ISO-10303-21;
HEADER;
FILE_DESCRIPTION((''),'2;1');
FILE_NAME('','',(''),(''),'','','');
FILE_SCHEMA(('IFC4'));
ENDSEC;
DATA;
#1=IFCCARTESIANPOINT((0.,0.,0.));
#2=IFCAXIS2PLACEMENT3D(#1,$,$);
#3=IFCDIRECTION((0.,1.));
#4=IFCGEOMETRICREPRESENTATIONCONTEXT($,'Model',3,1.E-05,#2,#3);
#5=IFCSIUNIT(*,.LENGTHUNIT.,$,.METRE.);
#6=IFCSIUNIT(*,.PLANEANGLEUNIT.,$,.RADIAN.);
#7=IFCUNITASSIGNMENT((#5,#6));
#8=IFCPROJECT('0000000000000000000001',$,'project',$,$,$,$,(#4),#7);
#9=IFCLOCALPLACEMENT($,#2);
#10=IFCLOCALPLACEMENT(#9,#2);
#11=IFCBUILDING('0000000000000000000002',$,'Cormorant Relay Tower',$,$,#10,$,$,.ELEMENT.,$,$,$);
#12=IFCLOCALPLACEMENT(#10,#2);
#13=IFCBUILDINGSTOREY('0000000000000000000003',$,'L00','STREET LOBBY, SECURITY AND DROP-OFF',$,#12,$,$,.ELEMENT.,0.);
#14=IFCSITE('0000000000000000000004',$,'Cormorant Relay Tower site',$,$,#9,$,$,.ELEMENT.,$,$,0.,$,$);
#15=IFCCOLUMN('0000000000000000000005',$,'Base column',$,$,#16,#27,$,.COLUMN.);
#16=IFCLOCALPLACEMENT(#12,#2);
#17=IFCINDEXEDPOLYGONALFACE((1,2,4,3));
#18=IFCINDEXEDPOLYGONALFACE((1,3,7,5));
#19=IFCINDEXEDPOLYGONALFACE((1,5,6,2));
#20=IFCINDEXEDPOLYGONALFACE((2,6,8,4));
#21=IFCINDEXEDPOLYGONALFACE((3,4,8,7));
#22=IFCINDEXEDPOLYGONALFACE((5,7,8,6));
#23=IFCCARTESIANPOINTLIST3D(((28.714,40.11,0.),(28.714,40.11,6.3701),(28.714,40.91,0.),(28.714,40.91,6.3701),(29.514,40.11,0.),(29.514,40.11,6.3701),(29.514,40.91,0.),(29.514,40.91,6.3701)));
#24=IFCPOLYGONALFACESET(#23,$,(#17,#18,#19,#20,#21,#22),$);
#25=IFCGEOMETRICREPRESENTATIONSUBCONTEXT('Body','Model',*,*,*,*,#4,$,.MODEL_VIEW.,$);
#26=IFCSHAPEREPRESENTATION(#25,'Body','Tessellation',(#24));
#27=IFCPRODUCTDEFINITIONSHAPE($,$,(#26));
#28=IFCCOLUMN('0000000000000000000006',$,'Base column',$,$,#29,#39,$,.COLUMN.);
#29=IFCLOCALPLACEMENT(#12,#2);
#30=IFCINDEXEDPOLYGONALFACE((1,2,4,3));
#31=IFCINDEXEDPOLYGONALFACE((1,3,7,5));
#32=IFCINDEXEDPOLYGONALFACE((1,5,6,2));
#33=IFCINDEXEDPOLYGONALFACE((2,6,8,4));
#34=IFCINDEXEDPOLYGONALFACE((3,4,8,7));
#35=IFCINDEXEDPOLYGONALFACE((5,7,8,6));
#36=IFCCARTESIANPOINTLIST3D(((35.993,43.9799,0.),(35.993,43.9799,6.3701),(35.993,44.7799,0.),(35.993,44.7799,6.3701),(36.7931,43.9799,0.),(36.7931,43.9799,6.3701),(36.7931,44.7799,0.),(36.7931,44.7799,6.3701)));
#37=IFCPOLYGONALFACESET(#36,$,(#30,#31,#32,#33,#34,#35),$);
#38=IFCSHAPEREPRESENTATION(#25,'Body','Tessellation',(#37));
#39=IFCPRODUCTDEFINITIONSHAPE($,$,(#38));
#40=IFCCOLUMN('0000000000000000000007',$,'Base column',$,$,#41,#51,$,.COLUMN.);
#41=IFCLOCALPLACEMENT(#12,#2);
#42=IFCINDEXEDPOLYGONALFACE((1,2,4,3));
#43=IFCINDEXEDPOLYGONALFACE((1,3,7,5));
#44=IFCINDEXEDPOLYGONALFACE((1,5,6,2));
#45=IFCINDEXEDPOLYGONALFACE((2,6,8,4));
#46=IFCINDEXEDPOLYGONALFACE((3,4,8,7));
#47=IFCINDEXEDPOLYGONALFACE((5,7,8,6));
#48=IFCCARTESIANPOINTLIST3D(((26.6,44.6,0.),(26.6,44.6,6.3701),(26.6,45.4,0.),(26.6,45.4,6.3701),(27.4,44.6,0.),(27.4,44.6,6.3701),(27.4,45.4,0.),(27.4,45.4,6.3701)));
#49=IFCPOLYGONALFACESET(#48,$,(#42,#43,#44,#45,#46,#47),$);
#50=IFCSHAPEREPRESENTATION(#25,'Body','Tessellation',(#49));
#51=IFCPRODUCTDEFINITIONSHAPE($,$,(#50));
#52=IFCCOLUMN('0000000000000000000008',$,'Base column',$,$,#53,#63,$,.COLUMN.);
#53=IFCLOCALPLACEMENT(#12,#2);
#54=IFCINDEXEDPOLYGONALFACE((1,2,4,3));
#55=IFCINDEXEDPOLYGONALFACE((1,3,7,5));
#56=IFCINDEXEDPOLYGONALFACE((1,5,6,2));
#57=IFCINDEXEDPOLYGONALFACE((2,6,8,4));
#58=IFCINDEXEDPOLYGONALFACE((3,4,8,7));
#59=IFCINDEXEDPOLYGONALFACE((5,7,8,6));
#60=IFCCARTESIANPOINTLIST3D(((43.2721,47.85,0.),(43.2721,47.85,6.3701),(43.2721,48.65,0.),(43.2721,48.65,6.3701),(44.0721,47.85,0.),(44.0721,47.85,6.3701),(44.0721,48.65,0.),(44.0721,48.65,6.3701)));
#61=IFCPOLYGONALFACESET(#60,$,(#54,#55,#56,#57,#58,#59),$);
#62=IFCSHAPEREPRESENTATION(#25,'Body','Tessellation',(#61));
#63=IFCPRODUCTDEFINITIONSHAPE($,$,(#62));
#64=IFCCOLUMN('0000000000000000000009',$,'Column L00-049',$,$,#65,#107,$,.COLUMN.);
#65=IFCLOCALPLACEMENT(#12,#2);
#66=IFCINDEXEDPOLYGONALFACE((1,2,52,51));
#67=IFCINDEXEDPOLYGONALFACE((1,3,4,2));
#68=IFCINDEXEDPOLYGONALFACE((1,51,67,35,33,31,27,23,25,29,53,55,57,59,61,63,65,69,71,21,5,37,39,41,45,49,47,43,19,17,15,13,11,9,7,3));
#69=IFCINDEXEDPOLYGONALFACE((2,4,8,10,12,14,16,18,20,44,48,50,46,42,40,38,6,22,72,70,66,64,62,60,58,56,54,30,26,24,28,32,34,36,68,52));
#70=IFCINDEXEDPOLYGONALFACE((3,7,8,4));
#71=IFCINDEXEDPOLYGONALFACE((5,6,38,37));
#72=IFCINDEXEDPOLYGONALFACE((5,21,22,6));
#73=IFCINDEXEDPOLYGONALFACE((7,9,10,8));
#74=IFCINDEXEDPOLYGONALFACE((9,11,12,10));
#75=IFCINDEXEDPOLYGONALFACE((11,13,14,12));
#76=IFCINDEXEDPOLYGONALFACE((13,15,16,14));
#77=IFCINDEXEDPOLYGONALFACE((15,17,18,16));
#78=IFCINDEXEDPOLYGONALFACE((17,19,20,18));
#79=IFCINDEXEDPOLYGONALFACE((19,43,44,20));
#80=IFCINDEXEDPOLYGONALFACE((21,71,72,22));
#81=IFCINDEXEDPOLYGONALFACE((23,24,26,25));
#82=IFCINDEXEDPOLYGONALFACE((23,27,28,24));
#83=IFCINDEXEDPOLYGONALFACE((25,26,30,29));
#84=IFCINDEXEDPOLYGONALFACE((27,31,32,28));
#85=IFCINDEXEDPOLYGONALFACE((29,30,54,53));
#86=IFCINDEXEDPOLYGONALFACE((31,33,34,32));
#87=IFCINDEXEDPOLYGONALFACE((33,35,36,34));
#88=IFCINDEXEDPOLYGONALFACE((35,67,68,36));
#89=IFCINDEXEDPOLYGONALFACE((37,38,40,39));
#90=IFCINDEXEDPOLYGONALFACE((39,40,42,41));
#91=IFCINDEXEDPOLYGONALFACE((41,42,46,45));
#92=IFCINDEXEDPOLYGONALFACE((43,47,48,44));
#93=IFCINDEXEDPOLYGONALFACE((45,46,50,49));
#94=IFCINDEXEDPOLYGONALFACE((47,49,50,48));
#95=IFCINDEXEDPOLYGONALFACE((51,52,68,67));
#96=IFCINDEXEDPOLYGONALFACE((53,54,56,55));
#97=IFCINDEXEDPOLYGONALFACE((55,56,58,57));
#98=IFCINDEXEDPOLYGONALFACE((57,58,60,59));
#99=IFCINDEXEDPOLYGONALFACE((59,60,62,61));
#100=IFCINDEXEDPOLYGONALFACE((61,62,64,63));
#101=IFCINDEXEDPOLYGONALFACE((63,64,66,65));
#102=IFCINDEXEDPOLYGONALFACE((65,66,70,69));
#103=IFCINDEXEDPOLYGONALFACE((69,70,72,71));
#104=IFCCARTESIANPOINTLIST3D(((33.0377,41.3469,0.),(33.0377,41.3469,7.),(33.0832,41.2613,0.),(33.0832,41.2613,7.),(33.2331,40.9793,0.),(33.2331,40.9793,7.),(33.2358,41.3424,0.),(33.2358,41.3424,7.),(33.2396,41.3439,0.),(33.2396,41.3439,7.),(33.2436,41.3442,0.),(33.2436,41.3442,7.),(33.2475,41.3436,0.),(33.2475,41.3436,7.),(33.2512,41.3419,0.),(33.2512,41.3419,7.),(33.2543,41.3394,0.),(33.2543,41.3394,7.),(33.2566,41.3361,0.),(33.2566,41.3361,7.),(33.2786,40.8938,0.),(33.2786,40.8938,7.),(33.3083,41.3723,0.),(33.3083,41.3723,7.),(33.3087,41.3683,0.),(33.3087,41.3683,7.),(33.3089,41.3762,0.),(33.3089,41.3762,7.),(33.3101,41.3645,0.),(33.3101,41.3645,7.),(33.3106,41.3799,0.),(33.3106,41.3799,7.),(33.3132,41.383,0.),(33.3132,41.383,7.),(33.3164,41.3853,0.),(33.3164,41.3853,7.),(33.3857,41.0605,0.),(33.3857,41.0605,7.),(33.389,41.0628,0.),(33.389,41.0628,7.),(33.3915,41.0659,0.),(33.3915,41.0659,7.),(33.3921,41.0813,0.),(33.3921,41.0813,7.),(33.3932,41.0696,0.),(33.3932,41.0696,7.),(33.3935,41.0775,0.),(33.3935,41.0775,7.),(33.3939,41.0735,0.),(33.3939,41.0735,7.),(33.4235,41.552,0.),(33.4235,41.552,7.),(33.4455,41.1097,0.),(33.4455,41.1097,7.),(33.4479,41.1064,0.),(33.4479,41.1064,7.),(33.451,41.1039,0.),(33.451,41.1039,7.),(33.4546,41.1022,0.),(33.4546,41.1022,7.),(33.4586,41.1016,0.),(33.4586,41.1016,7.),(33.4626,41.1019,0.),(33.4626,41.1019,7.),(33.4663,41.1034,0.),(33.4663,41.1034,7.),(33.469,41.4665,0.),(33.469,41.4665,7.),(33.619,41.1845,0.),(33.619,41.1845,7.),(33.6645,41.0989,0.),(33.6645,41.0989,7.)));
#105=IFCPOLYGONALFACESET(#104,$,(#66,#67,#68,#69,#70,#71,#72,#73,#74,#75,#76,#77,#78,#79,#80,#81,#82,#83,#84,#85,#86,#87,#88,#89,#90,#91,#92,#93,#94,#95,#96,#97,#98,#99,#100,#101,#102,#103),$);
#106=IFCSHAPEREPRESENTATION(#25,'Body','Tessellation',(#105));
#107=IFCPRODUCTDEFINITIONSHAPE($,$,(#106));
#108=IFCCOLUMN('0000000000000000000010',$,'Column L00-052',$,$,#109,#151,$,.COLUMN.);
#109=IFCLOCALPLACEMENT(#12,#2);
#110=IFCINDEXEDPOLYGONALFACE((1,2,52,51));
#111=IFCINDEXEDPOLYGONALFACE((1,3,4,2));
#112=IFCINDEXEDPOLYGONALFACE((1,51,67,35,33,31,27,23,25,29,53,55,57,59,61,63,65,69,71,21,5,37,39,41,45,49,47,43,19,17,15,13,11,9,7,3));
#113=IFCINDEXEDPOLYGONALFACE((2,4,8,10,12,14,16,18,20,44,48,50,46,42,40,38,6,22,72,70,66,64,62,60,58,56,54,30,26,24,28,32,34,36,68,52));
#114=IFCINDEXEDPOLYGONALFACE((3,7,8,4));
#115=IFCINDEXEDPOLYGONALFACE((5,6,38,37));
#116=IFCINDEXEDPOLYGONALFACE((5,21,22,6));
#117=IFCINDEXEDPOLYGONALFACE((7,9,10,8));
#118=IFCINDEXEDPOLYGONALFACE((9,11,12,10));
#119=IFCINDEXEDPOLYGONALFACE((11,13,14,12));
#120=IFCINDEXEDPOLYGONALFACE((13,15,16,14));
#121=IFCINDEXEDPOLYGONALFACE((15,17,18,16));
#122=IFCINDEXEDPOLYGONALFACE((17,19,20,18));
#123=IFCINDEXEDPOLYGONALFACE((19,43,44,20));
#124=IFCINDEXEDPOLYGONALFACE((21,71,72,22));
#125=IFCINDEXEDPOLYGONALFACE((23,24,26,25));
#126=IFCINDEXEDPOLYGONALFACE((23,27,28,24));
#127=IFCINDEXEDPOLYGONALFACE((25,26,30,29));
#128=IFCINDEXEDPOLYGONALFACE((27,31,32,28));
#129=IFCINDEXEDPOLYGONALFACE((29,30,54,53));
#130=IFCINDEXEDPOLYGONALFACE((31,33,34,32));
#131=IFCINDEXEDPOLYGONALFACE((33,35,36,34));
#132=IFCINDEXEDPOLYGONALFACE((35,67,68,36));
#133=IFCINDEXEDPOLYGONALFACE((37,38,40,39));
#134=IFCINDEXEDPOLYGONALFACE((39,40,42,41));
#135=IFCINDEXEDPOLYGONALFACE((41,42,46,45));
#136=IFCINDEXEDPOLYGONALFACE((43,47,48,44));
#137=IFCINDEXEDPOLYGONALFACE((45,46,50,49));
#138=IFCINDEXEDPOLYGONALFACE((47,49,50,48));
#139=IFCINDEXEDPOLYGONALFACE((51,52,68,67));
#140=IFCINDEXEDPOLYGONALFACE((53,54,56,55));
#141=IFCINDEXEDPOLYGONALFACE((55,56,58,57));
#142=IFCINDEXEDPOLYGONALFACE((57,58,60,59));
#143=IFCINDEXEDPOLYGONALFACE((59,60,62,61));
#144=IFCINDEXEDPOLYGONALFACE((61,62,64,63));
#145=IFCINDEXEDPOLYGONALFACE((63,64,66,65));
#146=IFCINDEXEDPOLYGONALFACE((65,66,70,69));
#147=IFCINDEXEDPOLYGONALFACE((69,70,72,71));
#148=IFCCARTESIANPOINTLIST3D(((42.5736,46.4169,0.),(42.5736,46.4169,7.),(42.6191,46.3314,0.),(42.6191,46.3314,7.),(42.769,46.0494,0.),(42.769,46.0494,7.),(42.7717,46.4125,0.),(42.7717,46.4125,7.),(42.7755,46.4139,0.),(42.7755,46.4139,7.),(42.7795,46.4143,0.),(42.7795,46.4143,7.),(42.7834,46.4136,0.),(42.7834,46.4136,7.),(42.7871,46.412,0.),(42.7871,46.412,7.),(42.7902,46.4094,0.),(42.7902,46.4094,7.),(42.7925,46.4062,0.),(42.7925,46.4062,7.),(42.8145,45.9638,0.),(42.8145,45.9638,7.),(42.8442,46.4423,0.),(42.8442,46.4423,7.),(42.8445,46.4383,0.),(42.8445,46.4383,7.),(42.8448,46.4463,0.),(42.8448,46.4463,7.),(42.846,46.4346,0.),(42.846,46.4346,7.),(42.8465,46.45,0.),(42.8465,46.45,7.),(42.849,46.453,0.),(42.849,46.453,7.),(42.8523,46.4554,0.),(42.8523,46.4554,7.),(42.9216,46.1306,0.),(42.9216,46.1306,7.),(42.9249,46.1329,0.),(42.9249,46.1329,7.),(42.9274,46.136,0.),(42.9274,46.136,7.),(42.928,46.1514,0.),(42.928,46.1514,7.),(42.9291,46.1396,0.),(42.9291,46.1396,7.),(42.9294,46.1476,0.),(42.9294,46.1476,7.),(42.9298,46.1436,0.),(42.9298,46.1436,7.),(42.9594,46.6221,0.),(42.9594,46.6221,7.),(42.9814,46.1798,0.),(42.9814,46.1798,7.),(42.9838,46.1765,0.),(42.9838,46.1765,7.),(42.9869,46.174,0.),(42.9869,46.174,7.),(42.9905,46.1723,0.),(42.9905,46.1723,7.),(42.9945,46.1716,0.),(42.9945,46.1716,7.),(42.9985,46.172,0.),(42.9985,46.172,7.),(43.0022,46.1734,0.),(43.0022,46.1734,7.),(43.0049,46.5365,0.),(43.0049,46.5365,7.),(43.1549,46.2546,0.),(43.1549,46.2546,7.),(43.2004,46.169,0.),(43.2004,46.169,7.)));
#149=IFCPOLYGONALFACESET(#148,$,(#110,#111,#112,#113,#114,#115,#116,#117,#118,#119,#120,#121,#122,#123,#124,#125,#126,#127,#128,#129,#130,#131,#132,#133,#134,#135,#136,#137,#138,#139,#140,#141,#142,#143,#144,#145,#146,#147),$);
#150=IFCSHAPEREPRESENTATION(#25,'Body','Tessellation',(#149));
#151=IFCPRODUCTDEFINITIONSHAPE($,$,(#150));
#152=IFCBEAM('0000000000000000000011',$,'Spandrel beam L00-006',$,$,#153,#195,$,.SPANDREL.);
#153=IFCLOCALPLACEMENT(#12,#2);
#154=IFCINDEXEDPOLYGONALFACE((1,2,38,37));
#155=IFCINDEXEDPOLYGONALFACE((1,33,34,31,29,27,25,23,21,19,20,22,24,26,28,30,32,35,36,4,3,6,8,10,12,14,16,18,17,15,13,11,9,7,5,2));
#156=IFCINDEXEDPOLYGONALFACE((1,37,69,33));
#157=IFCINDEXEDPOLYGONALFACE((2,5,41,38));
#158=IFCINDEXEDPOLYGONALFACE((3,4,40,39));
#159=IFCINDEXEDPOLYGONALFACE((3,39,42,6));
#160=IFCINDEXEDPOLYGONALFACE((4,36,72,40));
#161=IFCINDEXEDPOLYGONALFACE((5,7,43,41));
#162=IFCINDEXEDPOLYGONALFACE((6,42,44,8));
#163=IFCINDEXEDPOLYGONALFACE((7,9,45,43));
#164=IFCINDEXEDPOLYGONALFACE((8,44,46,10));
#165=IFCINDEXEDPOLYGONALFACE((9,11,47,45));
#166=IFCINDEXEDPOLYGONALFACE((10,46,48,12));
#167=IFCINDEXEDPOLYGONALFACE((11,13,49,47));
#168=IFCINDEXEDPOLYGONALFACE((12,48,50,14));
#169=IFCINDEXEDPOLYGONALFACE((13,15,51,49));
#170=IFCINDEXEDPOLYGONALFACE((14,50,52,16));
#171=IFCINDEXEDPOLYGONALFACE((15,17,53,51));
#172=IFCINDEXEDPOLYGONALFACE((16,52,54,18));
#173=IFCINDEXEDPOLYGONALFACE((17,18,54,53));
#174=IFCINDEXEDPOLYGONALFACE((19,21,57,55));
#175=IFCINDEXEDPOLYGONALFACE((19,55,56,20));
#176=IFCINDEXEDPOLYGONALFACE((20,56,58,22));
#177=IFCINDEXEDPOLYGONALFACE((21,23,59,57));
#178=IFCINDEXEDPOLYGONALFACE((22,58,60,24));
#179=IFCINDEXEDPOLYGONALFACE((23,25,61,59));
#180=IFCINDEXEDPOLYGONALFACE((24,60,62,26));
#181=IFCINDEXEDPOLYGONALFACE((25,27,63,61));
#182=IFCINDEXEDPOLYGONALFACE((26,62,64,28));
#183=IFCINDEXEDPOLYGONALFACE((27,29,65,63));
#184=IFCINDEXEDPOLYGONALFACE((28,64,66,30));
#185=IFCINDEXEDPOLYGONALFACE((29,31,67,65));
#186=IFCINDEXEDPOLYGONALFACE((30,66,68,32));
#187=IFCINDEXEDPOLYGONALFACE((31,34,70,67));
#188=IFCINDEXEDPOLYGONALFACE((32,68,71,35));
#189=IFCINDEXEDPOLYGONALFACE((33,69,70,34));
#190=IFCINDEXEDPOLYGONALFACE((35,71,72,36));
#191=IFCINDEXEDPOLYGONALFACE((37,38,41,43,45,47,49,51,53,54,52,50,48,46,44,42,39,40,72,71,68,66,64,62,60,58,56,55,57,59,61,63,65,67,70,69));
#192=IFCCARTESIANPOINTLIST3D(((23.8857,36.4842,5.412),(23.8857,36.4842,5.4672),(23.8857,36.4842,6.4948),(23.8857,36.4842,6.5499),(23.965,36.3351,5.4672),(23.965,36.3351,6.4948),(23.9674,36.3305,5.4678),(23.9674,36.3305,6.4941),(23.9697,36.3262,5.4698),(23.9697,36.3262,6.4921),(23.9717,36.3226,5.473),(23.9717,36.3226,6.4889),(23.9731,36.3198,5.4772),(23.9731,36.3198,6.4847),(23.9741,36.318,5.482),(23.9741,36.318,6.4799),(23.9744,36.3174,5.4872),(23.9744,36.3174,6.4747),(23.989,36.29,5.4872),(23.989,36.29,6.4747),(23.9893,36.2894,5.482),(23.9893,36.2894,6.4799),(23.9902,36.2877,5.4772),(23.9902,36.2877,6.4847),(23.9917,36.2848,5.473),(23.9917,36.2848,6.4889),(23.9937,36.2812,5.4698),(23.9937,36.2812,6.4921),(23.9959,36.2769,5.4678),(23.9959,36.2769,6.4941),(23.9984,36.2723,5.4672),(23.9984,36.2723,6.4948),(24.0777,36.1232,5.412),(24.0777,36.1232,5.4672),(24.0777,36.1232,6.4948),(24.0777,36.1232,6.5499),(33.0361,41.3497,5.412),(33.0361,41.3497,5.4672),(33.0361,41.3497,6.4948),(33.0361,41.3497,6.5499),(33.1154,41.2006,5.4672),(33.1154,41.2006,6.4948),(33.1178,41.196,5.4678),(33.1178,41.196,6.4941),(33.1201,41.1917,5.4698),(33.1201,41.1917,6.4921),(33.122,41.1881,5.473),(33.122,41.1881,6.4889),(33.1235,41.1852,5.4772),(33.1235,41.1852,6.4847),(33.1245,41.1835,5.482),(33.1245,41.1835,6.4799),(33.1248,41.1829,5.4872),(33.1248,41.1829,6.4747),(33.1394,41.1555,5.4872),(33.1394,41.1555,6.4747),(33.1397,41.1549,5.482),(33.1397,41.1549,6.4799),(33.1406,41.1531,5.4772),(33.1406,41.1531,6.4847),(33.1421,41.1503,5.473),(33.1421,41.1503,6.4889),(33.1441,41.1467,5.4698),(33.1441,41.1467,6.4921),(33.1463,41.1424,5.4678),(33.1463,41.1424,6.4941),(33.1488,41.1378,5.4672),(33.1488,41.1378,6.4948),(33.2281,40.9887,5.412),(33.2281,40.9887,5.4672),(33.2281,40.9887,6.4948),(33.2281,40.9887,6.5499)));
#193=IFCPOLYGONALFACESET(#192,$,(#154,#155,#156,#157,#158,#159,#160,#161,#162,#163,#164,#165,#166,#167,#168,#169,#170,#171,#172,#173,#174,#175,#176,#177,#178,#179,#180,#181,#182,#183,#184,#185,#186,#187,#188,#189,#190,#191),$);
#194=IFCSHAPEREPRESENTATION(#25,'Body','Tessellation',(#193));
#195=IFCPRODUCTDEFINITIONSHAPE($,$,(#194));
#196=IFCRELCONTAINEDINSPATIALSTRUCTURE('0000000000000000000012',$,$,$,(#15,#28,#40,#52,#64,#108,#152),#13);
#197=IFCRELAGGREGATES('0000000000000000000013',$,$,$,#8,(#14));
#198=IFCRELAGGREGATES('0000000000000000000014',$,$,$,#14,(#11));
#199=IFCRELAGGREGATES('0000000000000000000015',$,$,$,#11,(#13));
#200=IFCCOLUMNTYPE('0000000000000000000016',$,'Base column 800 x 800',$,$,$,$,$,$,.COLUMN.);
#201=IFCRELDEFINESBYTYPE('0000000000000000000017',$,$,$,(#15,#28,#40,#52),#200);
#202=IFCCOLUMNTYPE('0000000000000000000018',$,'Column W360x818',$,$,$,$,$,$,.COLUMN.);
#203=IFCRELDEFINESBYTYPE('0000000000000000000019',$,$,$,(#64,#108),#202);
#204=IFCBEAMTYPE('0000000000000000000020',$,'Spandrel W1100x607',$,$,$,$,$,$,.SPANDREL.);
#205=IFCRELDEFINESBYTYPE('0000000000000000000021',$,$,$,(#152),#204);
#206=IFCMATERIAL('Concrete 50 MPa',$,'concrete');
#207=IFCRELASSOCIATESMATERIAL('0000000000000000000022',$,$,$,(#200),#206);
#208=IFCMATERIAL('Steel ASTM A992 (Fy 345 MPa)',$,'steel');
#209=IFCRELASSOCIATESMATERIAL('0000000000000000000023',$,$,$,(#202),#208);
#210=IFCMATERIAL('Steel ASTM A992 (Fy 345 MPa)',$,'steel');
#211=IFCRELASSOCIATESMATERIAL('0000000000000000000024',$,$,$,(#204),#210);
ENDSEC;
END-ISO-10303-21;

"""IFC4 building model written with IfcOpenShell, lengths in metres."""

from ifc_helpers import new_model, si_unit, direction, frame, origin, origin_2d, place, context, subcontext, project, spatial, rectangle, i_section, extrude, material, material_profile, profile_set, type_object, element, save


model = new_model("IFC4")

# Units and contexts
model_context = context("Model", 3, precision=1e-05, world=origin(), true_north=direction((0.0, 1.0)))
body_context = subcontext(model_context, "Body", "Model", "MODEL_VIEW")
ifc_project = project(units=[si_unit("LENGTHUNIT", "METRE"), si_unit("PLANEANGLEUNIT", "RADIAN")], contexts=[model_context])

# Site, building, storey
site_placement = place(None, origin())
site = spatial("IfcSite", under=ifc_project, at=site_placement, Name="Cormorant Relay Tower site", CompositionType="ELEMENT", RefElevation=0.0)
building_placement = place(site_placement, origin())
building = spatial("IfcBuilding", under=site, at=building_placement, Name="Cormorant Relay Tower", CompositionType="ELEMENT")
storey_placement = place(building_placement, origin())
storey = spatial("IfcBuildingStorey", under=building, at=storey_placement, Name="L00", Description="STREET LOBBY, SECURITY AND DROP-OFF", CompositionType="ELEMENT", Elevation=0.0)

# Columns
ifc_material_1 = material(Name="Concrete 50 MPa", Category="concrete")
ifc_material_profile_1 = material_profile(ifc_material_1, rectangle(XDim=0.8, YDim=0.8, at=origin_2d()), Name="RC 800x800")
ifc_profile_set_1 = profile_set([ifc_material_profile_1], Name="Concrete 50 MPa")
column_type_1 = type_object("IfcColumnType", Name="Base column 800 x 800", PredefinedType="COLUMN", material=ifc_profile_set_1)
for number, where, z_axis, x_axis, name in (
    (1, (29.114, 40.51, 0.0), (0.0, 0.0, 1.0), (1.0, 0.0, 0.0), "Base column"),
    (2, (36.3931, 44.3799, 0.0), (0.0, 0.0, 1.0), (1.0, 0.0, 0.0), "Base column"),
    (3, (27.0, 45.0, 0.0), (0.0, 0.0, 1.0), (1.0, 0.0, 0.0), "Base column"),
    (4, (43.6721, 48.25, 0.0), (0.0, 0.0, 1.0), (1.0, 0.0, 0.0), "Base column"),
):
    element("IfcColumn", number, at=place(storey_placement, frame(where, z_axis=z_axis, x_axis=x_axis)), inside=storey, type_object=column_type_1, Name=name, PredefinedType="COLUMN", context=body_context, shape_type="SweptSolid", body=[
        extrude(rectangle(XDim=0.8, YDim=0.8, at=origin_2d()), origin(), (0.0, 0.0, 1.0), 6.3701),
    ])
ifc_material_2 = material(Name="Steel ASTM A992 (Fy 345 MPa)", Category="steel")
ifc_material_profile_2 = material_profile(ifc_material_2, i_section(OverallWidth=0.437, OverallDepth=0.5132, WebThickness=0.0605, FlangeThickness=0.0969, FilletRadius=0.0154, at=origin_2d()), Name="W360x818")
ifc_profile_set_2 = profile_set([ifc_material_profile_2], Name="Steel ASTM A992 (Fy 345 MPa)")
column_type_2 = type_object("IfcColumnType", Name="Column W360x818", PredefinedType="COLUMN", material=ifc_profile_set_2)
for number, where, z_axis, x_axis, name in (
    (5, (33.3511, 41.2229, 0.0), (0.0, 0.0, 1.0), (-0.882948, -0.469472, 0.0), "Column L00-049"),
    (6, (42.887, 46.293, 0.0), (0.0, 0.0, 1.0), (-0.882948, -0.469472, 0.0), "Column L00-052"),
):
    element("IfcColumn", number, at=place(storey_placement, frame(where, z_axis=z_axis, x_axis=x_axis)), inside=storey, type_object=column_type_2, Name=name, PredefinedType="COLUMN", context=body_context, shape_type="SweptSolid", body=[
        extrude(i_section(OverallWidth=0.437, OverallDepth=0.5132, WebThickness=0.0605, FlangeThickness=0.0969, FilletRadius=0.0154, at=origin_2d()), origin(), (0.0, 0.0, 1.0), 7.0),
    ])

# Beam
ifc_material_3 = material(Name="Steel ASTM A992 (Fy 345 MPa)", Category="steel")
ifc_material_profile_3 = material_profile(ifc_material_3, i_section(OverallWidth=0.4089, OverallDepth=1.1379, WebThickness=0.031, FlangeThickness=0.0552, FilletRadius=0.02, at=origin_2d()), Name="W1100x607")
ifc_profile_set_3 = profile_set([ifc_material_profile_3], Name="Steel ASTM A992 (Fy 345 MPa)")
beam_type = type_object("IfcBeamType", Name="Spandrel W1100x607", PredefinedType="SPANDREL", material=ifc_profile_set_3)
beam_placement = place(storey_placement, frame((33.1321, 41.1692, 5.981), z_axis=(-0.882942, -0.469481, 0.0), x_axis=(0.469481, -0.882942, 0.0)))
element("IfcBeam", 7, at=beam_placement, inside=storey, type_object=beam_type, Name="Spandrel beam L00-006", PredefinedType="SPANDREL", context=body_context, shape_type="SweptSolid", body=[
    extrude(i_section(OverallWidth=0.4089, OverallDepth=1.1379, WebThickness=0.031, FlangeThickness=0.0552, FilletRadius=0.02, at=origin_2d()), origin(), (0.0, 0.0, 1.0), 10.3635),
])

save(model, "model.ifc")
